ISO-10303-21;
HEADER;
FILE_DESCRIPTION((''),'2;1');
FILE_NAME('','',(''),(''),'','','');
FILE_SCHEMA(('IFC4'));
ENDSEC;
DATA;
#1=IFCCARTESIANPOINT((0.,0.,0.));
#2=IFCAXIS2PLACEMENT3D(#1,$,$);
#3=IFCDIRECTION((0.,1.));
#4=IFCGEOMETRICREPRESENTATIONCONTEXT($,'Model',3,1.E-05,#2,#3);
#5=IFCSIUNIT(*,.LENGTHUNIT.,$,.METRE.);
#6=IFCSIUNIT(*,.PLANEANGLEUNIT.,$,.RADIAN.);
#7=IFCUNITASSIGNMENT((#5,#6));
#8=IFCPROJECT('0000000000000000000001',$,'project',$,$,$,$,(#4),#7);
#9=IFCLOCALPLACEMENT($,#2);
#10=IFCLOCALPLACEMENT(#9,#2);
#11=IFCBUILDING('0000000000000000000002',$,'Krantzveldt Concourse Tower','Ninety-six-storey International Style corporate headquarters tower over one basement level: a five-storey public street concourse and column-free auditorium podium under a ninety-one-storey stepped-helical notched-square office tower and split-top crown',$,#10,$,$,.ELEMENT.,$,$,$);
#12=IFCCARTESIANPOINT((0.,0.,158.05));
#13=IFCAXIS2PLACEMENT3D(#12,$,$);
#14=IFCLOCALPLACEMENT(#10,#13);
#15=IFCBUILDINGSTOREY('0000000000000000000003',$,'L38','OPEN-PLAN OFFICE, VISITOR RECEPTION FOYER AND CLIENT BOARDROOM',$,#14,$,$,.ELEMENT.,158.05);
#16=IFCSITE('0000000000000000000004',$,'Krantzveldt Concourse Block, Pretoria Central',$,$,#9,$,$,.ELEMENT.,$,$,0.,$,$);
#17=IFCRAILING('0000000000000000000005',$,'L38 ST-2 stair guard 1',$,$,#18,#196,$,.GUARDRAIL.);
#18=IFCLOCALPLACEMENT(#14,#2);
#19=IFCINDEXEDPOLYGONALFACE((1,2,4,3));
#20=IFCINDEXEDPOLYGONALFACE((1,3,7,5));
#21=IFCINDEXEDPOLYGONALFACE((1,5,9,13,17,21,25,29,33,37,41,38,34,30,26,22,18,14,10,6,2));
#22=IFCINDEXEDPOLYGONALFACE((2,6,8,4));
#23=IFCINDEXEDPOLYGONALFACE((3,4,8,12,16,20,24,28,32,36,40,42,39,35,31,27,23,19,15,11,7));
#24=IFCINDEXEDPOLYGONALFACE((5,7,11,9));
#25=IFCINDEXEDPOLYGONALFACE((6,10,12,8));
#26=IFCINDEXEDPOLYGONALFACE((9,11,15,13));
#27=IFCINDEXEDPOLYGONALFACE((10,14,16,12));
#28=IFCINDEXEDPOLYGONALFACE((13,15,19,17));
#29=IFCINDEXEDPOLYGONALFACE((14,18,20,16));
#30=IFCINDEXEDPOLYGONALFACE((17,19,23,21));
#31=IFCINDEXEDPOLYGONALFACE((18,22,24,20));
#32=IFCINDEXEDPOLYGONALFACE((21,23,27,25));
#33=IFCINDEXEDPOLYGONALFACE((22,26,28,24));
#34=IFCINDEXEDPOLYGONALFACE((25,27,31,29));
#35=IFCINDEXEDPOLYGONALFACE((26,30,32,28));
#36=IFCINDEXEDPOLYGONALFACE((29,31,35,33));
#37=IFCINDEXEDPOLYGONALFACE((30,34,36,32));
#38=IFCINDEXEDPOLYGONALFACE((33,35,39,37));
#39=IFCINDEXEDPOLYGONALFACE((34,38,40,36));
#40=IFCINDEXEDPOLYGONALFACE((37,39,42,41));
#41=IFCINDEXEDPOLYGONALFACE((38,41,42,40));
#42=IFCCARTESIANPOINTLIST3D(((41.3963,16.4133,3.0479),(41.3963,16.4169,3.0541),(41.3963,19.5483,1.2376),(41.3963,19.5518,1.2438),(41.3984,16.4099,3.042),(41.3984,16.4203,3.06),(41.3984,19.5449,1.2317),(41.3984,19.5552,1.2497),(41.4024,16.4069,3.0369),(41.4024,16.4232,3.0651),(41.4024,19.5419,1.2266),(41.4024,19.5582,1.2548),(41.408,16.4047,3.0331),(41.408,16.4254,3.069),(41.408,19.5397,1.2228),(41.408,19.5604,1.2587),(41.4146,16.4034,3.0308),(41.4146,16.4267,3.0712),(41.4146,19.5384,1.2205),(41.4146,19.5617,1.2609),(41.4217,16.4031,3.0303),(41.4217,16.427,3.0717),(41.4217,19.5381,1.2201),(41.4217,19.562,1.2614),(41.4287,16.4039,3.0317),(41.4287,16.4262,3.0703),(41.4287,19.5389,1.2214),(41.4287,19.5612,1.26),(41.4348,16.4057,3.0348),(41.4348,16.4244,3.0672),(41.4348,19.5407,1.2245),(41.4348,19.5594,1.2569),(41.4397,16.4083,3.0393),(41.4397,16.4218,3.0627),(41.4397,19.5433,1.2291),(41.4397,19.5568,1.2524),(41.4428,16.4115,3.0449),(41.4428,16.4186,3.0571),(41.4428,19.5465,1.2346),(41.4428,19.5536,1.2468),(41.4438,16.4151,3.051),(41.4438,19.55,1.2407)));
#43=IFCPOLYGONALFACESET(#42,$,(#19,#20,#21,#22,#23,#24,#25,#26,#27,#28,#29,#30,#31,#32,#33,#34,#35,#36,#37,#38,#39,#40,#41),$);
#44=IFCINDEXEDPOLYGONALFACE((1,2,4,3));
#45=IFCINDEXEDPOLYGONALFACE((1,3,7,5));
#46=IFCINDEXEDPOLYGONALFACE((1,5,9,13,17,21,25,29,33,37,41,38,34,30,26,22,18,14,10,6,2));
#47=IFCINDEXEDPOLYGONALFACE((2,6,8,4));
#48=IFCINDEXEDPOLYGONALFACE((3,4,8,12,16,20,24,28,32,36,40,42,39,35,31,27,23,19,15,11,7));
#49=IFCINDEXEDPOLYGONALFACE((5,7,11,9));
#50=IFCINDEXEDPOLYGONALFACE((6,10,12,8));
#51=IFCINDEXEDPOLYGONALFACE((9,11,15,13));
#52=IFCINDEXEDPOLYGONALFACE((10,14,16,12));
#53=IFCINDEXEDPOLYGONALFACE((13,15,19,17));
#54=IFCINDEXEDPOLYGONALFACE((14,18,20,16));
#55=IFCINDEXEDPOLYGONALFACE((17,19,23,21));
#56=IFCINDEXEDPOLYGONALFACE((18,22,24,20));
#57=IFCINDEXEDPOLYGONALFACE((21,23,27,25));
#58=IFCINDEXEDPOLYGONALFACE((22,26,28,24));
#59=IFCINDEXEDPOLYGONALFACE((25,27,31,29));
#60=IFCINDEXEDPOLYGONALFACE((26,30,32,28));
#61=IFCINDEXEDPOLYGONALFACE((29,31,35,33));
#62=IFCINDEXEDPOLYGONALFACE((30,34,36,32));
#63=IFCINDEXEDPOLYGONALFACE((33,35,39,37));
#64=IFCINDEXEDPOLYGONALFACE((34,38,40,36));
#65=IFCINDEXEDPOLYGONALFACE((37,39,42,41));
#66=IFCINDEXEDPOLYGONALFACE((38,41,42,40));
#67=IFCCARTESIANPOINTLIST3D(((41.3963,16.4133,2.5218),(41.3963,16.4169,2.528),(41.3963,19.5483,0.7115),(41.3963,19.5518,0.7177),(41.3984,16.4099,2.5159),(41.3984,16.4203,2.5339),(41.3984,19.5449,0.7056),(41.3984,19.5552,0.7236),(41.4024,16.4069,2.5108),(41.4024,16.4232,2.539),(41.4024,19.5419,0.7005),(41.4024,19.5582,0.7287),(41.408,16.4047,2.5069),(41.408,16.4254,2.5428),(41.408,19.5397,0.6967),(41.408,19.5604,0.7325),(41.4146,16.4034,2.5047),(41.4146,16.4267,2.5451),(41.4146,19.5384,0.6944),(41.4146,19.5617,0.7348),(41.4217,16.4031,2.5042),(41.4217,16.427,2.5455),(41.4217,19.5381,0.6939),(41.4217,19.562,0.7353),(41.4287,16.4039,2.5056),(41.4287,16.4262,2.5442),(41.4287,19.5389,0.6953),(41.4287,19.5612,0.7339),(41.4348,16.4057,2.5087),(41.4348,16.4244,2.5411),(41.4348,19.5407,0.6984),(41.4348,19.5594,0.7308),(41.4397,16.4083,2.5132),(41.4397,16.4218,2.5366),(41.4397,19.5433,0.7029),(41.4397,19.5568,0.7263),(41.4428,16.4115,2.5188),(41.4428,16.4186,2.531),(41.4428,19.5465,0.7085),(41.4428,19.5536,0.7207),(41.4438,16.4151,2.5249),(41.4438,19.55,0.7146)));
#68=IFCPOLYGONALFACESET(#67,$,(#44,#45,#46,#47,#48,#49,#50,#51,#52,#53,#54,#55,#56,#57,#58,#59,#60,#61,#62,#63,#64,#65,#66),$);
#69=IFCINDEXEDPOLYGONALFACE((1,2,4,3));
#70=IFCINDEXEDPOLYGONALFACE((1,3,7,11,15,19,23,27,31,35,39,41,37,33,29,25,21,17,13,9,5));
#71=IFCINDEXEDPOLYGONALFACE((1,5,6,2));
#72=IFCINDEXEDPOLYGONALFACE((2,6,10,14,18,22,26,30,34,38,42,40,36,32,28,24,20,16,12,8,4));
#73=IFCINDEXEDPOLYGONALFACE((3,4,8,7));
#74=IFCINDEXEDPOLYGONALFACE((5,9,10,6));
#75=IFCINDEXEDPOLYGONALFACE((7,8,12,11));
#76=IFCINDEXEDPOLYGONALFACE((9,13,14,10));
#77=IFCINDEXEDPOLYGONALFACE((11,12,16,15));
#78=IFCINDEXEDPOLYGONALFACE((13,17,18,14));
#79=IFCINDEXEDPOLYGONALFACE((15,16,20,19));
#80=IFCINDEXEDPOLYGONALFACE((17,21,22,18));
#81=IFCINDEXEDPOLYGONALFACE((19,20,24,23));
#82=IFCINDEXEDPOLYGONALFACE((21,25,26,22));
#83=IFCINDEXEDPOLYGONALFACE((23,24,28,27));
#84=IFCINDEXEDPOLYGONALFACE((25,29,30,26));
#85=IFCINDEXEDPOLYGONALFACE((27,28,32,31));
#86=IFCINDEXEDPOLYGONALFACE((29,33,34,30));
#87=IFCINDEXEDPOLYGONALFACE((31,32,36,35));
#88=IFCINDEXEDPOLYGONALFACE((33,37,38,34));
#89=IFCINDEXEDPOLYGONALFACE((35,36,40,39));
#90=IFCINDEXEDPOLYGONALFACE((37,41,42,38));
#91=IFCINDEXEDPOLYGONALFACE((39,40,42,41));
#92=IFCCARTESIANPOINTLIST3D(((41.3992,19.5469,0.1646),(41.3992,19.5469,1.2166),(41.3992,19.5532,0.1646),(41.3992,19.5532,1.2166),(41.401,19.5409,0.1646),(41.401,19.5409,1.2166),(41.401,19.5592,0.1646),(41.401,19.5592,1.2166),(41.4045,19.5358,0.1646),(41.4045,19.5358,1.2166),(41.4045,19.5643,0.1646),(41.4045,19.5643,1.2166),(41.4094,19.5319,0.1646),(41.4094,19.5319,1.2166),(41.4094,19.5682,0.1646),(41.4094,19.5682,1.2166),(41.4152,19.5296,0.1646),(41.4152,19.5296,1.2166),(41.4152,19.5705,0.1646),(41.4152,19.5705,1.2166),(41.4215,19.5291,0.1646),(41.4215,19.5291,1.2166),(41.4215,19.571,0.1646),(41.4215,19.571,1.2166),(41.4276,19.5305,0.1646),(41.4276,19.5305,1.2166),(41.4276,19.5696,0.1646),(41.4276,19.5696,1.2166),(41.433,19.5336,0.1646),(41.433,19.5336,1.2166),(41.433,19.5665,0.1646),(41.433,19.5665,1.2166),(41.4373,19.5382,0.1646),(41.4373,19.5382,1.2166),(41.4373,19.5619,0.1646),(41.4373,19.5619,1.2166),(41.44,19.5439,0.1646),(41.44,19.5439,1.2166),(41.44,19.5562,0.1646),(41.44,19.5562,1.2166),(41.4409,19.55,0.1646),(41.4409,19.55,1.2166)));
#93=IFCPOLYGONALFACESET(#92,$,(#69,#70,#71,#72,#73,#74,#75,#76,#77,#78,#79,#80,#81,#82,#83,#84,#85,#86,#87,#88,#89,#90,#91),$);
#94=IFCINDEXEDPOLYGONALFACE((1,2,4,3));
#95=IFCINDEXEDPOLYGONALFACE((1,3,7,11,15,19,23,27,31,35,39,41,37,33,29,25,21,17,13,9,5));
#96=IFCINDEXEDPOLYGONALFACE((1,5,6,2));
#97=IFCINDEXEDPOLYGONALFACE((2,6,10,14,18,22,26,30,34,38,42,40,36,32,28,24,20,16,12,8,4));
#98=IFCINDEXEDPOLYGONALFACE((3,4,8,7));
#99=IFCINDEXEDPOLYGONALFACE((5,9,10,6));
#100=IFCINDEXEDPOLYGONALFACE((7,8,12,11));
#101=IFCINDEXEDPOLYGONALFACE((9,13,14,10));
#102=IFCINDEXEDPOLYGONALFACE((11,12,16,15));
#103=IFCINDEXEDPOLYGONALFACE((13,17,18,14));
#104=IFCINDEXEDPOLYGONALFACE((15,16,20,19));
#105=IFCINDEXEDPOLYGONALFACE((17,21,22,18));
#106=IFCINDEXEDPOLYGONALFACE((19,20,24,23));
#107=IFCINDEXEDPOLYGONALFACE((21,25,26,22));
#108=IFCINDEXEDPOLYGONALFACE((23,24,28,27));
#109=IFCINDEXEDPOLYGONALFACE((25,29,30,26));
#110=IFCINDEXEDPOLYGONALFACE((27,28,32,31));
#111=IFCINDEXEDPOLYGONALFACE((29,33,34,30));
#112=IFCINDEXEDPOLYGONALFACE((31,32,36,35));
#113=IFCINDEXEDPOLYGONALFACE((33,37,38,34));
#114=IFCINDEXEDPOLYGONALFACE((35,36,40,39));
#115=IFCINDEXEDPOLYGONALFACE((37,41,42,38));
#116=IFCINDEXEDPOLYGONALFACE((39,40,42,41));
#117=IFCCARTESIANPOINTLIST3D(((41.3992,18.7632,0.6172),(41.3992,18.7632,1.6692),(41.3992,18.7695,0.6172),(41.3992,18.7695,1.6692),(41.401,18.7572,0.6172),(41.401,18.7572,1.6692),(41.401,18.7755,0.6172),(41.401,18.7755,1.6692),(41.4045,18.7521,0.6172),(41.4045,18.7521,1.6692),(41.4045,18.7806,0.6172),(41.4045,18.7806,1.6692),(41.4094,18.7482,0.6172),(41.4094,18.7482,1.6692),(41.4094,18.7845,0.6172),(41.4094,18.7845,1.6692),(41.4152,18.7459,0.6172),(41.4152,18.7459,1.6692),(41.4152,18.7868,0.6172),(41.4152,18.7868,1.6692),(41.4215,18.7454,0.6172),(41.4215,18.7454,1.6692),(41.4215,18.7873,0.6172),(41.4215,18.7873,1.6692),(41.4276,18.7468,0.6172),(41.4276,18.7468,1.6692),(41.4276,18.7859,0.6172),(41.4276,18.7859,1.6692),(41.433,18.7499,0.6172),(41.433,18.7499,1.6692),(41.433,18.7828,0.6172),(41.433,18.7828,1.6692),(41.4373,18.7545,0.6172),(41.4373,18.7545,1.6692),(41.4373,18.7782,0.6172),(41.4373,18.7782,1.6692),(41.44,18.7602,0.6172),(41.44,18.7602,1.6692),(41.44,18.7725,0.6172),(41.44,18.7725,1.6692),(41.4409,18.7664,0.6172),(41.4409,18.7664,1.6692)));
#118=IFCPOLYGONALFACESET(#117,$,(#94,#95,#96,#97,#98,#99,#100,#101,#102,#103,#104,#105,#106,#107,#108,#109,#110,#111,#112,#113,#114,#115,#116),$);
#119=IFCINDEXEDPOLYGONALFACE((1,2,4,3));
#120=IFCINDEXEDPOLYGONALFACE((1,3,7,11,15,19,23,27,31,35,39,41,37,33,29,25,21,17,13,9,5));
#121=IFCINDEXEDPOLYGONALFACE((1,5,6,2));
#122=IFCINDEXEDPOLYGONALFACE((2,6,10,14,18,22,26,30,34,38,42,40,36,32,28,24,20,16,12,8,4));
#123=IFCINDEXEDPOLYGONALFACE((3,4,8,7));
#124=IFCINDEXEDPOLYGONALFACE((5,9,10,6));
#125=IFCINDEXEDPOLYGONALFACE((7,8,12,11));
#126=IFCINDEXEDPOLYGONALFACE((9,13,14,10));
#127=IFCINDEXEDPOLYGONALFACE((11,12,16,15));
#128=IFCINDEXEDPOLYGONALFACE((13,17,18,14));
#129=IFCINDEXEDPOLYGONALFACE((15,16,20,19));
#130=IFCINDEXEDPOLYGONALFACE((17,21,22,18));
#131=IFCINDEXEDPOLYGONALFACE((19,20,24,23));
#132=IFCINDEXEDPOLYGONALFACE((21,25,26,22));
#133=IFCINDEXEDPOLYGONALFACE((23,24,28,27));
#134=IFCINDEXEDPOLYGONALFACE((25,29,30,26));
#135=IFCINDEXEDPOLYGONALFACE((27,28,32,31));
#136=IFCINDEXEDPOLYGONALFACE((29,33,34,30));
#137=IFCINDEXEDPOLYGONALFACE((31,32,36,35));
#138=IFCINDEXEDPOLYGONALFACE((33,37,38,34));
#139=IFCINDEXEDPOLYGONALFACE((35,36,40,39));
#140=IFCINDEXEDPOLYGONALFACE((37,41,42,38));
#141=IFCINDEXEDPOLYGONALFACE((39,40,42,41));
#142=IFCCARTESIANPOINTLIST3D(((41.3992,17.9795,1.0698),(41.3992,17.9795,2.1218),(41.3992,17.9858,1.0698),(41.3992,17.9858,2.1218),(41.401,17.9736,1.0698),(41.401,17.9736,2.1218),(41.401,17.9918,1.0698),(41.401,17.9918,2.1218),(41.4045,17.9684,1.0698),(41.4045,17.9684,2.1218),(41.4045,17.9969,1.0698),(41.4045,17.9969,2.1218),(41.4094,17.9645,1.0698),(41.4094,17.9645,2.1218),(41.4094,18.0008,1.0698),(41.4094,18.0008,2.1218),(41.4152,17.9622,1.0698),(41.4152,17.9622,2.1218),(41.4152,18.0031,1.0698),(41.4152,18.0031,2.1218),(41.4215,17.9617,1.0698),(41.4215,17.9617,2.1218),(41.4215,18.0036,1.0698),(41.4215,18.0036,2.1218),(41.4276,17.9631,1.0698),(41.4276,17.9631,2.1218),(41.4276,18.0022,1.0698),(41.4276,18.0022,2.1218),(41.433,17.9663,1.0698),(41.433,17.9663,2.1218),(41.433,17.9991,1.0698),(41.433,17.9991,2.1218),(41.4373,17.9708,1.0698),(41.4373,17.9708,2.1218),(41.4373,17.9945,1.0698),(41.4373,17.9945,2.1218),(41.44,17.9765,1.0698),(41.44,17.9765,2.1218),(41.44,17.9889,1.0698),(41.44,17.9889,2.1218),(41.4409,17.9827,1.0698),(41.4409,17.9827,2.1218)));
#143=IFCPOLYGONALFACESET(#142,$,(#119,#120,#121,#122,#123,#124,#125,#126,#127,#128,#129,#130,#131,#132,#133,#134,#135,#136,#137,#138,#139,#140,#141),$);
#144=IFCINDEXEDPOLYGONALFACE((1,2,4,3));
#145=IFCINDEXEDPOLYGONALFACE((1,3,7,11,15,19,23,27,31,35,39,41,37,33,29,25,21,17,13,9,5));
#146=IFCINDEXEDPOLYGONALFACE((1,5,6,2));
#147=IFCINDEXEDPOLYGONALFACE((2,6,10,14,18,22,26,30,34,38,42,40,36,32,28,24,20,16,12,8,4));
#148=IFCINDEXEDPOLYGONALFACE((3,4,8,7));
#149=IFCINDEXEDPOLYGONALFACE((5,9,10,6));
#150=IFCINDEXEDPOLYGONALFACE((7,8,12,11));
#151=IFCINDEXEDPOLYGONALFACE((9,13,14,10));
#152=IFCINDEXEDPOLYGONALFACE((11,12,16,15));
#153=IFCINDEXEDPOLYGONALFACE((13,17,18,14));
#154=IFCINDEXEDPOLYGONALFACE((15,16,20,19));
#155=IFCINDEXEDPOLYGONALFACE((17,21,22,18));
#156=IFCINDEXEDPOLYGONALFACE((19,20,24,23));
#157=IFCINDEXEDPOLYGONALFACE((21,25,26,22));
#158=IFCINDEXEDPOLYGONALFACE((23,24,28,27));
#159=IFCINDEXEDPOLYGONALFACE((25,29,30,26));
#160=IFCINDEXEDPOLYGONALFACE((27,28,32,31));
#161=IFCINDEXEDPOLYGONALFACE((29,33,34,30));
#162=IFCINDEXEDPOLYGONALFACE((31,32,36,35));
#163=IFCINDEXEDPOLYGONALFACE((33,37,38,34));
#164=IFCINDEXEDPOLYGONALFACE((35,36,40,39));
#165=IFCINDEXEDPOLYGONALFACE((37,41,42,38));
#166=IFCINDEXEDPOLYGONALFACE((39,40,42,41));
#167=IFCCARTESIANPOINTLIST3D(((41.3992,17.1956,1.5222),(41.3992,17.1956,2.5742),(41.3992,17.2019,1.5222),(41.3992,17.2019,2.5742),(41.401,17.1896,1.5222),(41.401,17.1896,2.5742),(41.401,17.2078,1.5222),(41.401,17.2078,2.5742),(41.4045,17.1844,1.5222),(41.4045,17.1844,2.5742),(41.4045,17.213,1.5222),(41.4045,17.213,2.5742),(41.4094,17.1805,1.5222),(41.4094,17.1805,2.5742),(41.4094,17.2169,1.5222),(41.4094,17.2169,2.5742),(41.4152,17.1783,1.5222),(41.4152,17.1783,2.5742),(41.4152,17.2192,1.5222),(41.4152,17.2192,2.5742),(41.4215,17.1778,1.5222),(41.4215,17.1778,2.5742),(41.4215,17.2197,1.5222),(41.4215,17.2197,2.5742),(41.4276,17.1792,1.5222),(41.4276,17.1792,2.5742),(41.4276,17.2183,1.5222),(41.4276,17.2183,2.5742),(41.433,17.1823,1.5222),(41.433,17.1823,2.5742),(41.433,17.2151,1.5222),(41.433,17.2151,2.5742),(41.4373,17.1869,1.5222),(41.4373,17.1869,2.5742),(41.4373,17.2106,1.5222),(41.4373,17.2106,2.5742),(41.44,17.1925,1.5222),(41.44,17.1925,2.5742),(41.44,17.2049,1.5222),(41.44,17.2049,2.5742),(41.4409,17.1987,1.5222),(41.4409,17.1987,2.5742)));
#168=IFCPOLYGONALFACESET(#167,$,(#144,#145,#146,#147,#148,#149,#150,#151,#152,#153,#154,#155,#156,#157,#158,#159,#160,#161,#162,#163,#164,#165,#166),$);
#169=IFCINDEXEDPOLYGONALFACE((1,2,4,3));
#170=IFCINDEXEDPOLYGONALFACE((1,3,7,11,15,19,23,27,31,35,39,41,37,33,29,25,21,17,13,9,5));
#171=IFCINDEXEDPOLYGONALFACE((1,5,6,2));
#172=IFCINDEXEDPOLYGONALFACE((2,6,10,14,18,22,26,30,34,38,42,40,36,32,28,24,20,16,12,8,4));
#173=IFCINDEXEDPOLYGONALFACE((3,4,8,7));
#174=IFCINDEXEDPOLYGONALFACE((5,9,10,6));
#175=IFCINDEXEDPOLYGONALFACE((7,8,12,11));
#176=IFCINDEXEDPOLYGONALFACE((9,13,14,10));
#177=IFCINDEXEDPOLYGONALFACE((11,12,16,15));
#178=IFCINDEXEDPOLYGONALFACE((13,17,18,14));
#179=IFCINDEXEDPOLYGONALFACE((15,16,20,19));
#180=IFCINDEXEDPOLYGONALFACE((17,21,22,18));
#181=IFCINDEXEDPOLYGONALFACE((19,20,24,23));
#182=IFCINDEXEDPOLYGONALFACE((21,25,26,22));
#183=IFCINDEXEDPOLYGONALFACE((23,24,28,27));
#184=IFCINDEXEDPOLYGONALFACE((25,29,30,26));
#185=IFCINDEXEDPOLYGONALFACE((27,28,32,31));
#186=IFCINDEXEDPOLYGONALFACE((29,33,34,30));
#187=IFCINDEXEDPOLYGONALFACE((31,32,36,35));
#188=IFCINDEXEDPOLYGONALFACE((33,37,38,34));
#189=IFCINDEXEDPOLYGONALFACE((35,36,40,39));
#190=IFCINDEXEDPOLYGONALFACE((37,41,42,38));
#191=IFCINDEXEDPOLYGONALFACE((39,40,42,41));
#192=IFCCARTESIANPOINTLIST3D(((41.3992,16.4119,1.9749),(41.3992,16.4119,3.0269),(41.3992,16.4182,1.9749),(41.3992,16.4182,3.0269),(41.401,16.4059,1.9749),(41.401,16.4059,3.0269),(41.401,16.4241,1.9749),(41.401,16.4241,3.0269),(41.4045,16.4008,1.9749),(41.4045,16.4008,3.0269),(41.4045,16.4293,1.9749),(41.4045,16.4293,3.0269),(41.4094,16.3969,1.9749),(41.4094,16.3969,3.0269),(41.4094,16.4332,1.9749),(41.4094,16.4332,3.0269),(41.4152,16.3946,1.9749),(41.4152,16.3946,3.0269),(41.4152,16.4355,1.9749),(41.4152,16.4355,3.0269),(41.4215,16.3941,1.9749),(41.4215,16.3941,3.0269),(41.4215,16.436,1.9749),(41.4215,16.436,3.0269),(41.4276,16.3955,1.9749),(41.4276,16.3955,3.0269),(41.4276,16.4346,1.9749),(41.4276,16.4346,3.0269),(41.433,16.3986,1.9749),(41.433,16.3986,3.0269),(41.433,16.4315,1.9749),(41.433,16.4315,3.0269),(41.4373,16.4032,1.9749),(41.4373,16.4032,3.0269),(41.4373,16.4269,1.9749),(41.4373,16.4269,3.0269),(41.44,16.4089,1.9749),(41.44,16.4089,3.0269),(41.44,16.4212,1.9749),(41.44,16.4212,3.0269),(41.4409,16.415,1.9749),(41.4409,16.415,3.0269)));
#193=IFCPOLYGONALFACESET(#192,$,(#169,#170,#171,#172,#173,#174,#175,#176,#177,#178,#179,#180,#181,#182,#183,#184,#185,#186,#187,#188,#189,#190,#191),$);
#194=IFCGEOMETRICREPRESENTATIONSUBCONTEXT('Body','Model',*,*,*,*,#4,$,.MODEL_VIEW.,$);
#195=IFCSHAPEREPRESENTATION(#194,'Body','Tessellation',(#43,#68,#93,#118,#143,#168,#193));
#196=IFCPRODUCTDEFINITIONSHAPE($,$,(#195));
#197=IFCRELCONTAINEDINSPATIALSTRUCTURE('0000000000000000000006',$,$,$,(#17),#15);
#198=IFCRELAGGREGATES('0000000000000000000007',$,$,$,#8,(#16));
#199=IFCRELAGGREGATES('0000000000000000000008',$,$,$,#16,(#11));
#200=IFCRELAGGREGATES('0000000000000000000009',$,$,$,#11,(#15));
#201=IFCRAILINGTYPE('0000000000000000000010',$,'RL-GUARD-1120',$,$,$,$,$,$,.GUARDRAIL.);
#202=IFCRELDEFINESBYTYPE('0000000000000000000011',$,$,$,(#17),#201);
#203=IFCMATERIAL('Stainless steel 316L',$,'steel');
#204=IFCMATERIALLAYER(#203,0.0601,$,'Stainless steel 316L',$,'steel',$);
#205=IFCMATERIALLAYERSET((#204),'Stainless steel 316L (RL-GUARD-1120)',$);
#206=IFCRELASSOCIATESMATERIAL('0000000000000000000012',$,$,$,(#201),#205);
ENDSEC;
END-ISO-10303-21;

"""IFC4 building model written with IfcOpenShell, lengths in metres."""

from ifc_helpers import new_model, si_unit, direction, frame, origin, origin_2d, place, context, subcontext, project, spatial, circle, extrude, material, layer, layer_set, type_object, element, save


model = new_model("IFC4")

# Units and contexts
model_context = context("Model", 3, precision=1e-05, world=origin(), true_north=direction((0.0, 1.0)))
body_context = subcontext(model_context, "Body", "Model", "MODEL_VIEW")
ifc_project = project(units=[si_unit("LENGTHUNIT", "METRE"), si_unit("PLANEANGLEUNIT", "RADIAN")], contexts=[model_context])

# Site, building, storey
site_placement = place(None, origin())
site = spatial("IfcSite", under=ifc_project, at=site_placement, Name="Krantzveldt Concourse Block, Pretoria Central", CompositionType="ELEMENT", RefElevation=0.0)
building_placement = place(site_placement, origin())
building = spatial("IfcBuilding", under=site, at=building_placement, Name="Krantzveldt Concourse Tower", Description="Ninety-six-storey International Style corporate headquarters tower over one basement level: a five-storey public street concourse and column-free auditorium podium under a ninety-one-storey stepped-helical notched-square office tower and split-top crown", CompositionType="ELEMENT")
storey_placement = place(building_placement, frame((0.0, 0.0, 158.05)))
storey = spatial("IfcBuildingStorey", under=building, at=storey_placement, Name="L38", Description="OPEN-PLAN OFFICE, VISITOR RECEPTION FOYER AND CLIENT BOARDROOM", CompositionType="ELEMENT", Elevation=158.05)

# Shared definitions
ifc_material_1 = material(Name="Stainless steel 316L", Category="steel")

# Railing
ifc_layer_1 = layer(ifc_material_1, 0.0601, Name="Stainless steel 316L", Category="steel")
ifc_layer_set_1 = layer_set([ifc_layer_1], Name="Stainless steel 316L (RL-GUARD-1120)")
railing_type_1 = type_object("IfcRailingType", Name="RL-GUARD-1120", PredefinedType="GUARDRAIL", material=ifc_layer_set_1)
railing_1_placement = place(storey_placement, frame((41.4199, 19.55, 0.1646)))
element("IfcRailing", 1, at=railing_1_placement, inside=storey, type_object=railing_type_1, Name="L38 ST-2 stair guard 1", PredefinedType="GUARDRAIL", context=body_context, shape_type="SweptSolid", body=[
    extrude(circle(Radius=0.0239, at=origin_2d()), frame((0.0, 0.0, 1.0762), z_axis=(0.0, -0.865989, 0.500063), x_axis=(1.0, 0.0, 0.0)), (0.0, 0.0, 1.0), 3.6201),
    extrude(circle(Radius=0.0239, at=origin_2d()), frame((0.0, 0.0, 0.55), z_axis=(0.0, -0.865989, 0.500063), x_axis=(1.0, 0.0, 0.0)), (0.0, 0.0, 1.0), 3.6201),
    extrude(circle(Radius=0.021, at=origin_2d()), origin(), (0.0, 0.0, 1.0), 1.052),
    extrude(circle(Radius=0.021, at=origin_2d()), frame((0.0, -0.7837, 0.4526)), (0.0, 0.0, 1.0), 1.052),
    extrude(circle(Radius=0.021, at=origin_2d()), frame((0.0, -1.5674, 0.9053)), (0.0, 0.0, 1.0), 1.052),
    extrude(circle(Radius=0.021, at=origin_2d()), frame((0.0, -2.3513, 1.3577)), (0.0, 0.0, 1.0), 1.052),
    extrude(circle(Radius=0.021, at=origin_2d()), frame((0.0, -3.135, 1.8103)), (0.0, 0.0, 1.0), 1.052),
])

save(model, "model.ifc")
